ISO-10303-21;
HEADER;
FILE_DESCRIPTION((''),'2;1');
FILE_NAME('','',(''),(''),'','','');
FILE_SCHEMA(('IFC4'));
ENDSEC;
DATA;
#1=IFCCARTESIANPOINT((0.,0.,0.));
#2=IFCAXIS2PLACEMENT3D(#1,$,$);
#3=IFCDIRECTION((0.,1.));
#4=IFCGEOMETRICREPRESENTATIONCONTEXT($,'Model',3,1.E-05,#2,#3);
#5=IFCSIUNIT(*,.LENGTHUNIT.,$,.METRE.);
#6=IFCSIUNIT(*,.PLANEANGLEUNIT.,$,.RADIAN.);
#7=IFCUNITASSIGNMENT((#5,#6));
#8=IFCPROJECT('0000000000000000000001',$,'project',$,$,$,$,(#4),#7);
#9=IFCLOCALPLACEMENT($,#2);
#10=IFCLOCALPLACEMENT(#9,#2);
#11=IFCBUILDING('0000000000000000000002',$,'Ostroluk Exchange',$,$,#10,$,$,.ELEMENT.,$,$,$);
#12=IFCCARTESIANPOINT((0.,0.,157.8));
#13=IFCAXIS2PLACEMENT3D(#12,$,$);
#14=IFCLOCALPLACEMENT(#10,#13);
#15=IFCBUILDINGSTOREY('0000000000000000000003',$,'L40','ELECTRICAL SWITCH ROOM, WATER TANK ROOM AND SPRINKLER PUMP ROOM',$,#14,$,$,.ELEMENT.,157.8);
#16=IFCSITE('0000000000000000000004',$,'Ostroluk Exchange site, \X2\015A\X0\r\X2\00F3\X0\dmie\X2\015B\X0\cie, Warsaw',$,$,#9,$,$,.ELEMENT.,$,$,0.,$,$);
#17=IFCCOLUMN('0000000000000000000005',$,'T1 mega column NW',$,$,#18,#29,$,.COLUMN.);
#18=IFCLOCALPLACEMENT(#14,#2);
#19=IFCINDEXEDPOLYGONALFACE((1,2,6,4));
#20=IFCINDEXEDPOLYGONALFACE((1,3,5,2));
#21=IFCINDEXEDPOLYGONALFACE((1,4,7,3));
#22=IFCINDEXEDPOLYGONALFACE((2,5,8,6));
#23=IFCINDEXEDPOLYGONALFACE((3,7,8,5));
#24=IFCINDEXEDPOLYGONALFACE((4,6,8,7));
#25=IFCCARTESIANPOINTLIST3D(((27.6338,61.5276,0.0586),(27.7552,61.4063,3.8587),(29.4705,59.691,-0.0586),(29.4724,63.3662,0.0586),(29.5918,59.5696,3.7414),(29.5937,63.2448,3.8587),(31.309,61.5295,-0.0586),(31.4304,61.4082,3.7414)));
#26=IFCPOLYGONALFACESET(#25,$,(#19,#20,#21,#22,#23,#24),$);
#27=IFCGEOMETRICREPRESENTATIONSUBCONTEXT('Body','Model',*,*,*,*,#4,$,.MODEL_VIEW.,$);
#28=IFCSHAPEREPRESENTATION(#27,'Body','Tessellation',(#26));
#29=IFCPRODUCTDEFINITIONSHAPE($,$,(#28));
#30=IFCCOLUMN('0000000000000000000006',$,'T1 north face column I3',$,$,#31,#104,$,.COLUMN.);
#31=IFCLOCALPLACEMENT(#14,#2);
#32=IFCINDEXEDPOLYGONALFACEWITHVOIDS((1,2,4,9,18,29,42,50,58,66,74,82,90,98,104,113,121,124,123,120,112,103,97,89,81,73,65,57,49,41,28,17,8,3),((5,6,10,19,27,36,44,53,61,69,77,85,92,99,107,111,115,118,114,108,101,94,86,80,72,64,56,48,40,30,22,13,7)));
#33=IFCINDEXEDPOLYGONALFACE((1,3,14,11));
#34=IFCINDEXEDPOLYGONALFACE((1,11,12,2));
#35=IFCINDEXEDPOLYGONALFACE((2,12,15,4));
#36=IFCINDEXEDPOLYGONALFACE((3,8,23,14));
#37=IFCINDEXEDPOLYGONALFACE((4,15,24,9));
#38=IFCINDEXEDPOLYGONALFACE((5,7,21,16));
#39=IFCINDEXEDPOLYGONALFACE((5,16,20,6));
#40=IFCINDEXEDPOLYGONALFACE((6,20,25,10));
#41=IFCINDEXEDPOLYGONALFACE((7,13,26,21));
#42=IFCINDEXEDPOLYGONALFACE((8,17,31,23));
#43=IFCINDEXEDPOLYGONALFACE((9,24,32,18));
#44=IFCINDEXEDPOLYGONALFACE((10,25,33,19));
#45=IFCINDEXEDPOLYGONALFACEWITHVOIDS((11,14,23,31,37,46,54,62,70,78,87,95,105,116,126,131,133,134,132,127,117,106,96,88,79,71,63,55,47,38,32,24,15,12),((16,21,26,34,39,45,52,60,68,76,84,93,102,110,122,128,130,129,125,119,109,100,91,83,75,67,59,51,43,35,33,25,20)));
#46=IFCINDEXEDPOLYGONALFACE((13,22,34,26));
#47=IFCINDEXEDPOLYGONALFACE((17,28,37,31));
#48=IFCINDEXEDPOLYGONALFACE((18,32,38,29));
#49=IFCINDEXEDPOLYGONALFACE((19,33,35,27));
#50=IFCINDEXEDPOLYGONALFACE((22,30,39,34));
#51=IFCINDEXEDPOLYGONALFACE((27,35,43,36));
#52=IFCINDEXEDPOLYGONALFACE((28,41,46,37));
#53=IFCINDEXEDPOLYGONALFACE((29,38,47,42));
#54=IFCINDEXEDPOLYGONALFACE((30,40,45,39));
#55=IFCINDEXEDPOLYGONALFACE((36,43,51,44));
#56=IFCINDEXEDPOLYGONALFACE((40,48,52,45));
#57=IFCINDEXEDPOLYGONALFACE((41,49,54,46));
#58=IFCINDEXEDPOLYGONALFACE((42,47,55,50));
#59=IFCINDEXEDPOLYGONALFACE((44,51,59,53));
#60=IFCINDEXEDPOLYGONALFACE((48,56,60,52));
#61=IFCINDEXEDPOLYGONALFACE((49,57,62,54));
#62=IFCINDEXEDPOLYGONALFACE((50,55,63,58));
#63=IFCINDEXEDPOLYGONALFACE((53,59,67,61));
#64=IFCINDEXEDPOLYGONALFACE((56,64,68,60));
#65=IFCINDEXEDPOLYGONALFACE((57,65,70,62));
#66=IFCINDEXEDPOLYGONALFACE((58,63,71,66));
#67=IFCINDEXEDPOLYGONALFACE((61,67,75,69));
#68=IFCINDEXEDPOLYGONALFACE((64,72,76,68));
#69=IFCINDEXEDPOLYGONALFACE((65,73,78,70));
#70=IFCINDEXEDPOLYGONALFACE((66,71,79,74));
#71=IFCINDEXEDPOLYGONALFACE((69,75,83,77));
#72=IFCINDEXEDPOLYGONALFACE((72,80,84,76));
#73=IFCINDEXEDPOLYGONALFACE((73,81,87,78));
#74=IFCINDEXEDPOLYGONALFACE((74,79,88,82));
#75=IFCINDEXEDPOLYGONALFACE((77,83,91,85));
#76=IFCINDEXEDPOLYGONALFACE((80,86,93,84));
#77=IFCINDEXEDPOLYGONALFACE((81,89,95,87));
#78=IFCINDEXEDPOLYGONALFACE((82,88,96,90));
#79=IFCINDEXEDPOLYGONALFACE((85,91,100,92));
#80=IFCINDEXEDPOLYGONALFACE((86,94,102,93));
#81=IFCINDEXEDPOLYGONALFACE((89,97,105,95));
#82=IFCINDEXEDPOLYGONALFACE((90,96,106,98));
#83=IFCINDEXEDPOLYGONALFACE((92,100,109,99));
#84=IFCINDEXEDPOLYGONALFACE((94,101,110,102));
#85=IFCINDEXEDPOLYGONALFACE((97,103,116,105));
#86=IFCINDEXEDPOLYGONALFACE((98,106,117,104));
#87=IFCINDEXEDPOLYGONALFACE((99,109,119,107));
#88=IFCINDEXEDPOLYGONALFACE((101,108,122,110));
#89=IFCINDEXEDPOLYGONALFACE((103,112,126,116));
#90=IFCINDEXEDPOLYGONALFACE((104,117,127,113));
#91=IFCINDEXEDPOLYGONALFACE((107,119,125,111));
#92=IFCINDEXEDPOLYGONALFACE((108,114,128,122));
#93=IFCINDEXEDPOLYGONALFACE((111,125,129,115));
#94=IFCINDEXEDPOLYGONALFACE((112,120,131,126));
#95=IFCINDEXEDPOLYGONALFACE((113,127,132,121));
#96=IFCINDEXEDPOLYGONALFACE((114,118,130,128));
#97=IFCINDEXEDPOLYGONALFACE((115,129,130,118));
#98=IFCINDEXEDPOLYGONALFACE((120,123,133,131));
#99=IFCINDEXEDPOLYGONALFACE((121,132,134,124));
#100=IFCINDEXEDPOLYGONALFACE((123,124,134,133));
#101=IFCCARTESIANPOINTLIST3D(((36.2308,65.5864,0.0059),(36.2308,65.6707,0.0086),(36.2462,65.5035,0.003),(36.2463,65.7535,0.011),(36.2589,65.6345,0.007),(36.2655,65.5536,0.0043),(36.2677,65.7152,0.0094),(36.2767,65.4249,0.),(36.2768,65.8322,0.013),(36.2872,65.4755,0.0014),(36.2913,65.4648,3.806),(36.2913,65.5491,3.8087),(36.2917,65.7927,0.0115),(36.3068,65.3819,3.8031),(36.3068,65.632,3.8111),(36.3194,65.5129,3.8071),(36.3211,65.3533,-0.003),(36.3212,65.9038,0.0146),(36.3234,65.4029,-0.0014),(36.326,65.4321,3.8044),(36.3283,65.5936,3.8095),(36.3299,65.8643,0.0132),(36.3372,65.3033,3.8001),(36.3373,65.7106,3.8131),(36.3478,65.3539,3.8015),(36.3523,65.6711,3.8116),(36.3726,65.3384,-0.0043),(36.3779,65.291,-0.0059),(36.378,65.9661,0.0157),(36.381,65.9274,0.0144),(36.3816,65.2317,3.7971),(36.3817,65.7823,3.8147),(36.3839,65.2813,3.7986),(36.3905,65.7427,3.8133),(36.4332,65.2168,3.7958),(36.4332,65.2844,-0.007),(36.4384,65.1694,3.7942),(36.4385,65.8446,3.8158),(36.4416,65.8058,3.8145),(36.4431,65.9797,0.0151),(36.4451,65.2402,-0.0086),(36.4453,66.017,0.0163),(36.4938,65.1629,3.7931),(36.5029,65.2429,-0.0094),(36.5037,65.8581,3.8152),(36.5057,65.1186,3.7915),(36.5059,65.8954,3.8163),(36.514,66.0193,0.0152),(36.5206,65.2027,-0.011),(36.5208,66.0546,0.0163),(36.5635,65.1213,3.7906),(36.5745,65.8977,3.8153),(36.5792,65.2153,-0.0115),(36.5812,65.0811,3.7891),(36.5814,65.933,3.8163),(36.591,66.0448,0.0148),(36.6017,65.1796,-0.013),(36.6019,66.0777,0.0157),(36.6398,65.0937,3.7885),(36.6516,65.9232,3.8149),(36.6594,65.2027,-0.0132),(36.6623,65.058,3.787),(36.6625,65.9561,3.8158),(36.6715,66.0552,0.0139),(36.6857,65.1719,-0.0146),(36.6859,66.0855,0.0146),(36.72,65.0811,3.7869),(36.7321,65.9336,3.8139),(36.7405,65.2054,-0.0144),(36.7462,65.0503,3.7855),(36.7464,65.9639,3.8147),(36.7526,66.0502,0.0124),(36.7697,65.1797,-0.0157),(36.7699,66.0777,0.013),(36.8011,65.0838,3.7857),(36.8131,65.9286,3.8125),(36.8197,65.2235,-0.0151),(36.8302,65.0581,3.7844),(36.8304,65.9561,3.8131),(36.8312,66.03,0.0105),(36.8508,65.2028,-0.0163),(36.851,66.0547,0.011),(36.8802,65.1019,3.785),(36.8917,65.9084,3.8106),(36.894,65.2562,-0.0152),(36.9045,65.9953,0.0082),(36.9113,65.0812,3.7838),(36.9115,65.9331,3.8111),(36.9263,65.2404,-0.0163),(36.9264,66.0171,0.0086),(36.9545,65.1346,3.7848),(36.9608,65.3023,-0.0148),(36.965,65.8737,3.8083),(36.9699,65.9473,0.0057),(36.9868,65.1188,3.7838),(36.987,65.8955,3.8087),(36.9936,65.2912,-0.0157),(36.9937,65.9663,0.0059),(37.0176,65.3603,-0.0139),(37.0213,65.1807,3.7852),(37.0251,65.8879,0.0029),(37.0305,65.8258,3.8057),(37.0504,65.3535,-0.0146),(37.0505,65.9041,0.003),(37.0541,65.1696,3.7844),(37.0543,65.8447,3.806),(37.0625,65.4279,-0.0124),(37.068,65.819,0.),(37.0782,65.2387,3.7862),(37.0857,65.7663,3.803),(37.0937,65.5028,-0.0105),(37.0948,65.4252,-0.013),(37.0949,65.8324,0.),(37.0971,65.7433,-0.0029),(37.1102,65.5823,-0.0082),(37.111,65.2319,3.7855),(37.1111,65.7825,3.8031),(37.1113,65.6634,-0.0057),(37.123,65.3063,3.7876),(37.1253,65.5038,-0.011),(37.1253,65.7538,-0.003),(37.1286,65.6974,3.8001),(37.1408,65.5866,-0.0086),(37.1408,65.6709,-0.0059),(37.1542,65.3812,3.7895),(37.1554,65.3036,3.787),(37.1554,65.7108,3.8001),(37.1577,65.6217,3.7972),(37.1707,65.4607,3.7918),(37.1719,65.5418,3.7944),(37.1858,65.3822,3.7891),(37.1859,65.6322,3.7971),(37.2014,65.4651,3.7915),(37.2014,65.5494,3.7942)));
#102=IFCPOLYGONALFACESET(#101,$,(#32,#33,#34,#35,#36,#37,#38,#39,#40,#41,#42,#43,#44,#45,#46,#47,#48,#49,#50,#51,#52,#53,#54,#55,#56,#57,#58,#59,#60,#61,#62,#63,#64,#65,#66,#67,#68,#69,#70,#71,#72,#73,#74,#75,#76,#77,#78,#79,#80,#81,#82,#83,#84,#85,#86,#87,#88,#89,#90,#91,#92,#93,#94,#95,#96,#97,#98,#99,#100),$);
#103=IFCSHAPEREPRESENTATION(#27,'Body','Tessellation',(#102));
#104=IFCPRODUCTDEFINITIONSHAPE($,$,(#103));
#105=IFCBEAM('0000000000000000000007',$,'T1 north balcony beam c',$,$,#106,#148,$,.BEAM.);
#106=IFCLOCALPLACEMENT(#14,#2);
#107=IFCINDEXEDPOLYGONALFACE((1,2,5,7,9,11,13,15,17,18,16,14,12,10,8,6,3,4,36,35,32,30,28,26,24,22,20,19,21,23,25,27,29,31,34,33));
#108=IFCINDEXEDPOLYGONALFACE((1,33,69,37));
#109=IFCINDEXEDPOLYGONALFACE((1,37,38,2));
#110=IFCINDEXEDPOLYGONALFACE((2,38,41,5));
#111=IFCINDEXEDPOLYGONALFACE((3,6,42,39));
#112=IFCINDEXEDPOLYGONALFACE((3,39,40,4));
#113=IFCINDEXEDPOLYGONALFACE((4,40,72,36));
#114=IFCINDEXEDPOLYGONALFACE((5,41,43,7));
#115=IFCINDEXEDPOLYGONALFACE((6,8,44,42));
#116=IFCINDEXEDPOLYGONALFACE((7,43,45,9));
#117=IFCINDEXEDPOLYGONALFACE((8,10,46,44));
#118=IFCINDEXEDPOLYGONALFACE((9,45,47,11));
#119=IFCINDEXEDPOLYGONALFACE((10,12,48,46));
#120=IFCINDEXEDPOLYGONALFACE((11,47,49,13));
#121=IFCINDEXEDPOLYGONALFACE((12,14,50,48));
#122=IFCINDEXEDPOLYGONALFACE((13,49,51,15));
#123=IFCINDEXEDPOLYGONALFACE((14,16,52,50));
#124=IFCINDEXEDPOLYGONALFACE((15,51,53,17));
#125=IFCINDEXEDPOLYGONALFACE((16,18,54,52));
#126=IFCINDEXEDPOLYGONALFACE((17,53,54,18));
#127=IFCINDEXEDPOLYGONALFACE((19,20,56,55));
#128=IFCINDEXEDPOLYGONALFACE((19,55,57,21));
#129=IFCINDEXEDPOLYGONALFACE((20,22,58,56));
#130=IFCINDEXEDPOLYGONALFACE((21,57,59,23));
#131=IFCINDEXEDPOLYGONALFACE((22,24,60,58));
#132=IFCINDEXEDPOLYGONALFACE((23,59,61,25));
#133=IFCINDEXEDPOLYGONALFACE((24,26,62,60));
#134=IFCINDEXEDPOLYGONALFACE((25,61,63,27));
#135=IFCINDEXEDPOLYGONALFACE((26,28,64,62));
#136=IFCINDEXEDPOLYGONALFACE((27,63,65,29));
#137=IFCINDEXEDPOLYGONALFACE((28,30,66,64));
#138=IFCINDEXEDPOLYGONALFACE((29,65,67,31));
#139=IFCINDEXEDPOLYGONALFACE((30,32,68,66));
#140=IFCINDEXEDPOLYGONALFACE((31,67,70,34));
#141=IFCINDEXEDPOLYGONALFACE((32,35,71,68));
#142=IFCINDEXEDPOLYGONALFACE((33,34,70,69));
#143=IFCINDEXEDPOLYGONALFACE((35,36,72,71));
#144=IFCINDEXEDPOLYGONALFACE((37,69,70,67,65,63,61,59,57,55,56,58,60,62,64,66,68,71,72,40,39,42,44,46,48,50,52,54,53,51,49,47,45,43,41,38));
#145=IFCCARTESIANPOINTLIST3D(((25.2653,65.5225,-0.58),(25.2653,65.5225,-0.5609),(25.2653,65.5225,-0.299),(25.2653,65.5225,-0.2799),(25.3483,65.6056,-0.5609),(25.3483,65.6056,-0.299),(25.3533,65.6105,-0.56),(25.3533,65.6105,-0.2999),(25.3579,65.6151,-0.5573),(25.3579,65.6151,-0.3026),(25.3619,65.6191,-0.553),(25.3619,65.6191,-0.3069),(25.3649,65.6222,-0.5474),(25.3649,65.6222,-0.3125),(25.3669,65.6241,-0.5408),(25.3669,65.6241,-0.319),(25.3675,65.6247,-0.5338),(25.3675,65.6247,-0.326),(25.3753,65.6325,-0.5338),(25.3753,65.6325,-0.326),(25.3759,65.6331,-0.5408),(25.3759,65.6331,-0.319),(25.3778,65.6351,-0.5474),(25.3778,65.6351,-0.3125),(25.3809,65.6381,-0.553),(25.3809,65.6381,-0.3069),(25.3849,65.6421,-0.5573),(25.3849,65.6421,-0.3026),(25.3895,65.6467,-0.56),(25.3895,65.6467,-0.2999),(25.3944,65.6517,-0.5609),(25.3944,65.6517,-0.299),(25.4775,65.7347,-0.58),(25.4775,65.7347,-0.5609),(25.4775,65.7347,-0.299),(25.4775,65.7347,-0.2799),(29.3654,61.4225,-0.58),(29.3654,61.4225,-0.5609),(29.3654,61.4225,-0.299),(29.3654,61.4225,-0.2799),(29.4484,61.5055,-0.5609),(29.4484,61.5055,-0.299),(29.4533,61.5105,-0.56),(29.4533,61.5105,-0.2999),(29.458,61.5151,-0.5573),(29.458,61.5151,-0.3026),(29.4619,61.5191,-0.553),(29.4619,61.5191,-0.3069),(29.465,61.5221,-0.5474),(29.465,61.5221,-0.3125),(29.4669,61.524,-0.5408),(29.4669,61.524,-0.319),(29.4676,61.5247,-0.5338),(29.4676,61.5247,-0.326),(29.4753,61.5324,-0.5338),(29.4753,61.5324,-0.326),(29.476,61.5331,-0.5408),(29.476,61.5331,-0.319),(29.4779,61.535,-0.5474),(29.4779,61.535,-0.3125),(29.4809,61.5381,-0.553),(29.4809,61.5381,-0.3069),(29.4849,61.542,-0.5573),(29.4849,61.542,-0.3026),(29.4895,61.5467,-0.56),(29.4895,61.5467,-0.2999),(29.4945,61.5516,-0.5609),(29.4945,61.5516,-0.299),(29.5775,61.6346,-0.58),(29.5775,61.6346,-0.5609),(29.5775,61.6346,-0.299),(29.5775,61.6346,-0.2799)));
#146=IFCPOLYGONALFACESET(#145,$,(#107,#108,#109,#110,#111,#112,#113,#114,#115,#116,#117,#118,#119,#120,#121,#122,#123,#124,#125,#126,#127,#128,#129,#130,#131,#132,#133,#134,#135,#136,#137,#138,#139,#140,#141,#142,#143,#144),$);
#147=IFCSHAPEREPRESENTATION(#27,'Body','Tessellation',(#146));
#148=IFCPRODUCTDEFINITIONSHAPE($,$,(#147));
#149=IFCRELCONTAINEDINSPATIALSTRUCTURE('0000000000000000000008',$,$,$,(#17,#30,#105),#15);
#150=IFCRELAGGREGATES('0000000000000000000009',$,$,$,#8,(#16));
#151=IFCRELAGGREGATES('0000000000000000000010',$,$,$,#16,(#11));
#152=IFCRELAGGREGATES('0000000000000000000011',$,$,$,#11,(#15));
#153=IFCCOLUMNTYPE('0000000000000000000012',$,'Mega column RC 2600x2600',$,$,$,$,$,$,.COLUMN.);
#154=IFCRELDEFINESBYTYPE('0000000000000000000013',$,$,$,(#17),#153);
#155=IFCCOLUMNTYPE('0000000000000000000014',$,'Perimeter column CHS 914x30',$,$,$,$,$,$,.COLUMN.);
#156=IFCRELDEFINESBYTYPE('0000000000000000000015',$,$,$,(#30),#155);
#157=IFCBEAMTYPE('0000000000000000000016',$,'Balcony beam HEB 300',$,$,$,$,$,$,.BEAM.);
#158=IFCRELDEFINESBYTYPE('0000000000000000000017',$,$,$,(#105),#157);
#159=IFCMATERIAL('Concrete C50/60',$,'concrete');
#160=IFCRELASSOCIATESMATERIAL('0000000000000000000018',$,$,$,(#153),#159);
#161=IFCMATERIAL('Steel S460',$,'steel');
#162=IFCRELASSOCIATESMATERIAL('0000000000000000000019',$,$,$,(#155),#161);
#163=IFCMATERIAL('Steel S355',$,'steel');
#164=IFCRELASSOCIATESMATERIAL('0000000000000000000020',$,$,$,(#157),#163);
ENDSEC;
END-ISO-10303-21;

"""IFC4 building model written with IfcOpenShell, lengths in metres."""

from ifc_helpers import new_model, si_unit, direction, frame, origin, origin_2d, place, context, subcontext, project, spatial, rectangle, hollow_circle, i_section, extrude, material, material_profile, profile_set, type_object, element, save


model = new_model("IFC4")

# Units and contexts
model_context = context("Model", 3, precision=1e-05, world=origin(), true_north=direction((0.0, 1.0)))
body_context = subcontext(model_context, "Body", "Model", "MODEL_VIEW")
ifc_project = project(units=[si_unit("LENGTHUNIT", "METRE"), si_unit("PLANEANGLEUNIT", "RADIAN")], contexts=[model_context])

# Site, building, storey
site_placement = place(None, origin())
site = spatial("IfcSite", under=ifc_project, at=site_placement, Name="Ostroluk Exchange site, Śródmieście, Warsaw", CompositionType="ELEMENT", RefElevation=0.0)
building_placement = place(site_placement, origin())
building = spatial("IfcBuilding", under=site, at=building_placement, Name="Ostroluk Exchange", CompositionType="ELEMENT")
storey_placement = place(building_placement, frame((0.0, 0.0, 157.8)))
storey = spatial("IfcBuildingStorey", under=building, at=storey_placement, Name="L40", Description="ELECTRICAL SWITCH ROOM, WATER TANK ROOM AND SPRINKLER PUMP ROOM", CompositionType="ELEMENT", Elevation=157.8)

# Columns
ifc_material_1 = material(Name="Concrete C50/60", Category="concrete")
ifc_material_profile_1 = material_profile(ifc_material_1, rectangle(XDim=2.6001, YDim=2.6001, at=origin_2d()), Name="RC 2600x2600")
ifc_profile_set_1 = profile_set([ifc_material_profile_1], Name="Concrete C50/60")
column_type_1 = type_object("IfcColumnType", Name="Mega column RC 2600x2600", PredefinedType="COLUMN", material=ifc_profile_set_1)
column_1_placement = place(storey_placement, frame((29.4714, 61.5286, 0.0), z_axis=(0.031898, -0.031898, 0.998982), x_axis=(0.707107, 0.707107, 0.0)))
element("IfcColumn", 1, at=column_1_placement, inside=storey, type_object=column_type_1, Name="T1 mega column NW", PredefinedType="COLUMN", context=body_context, shape_type="SweptSolid", body=[
    extrude(rectangle(XDim=2.6001, YDim=2.6001, at=origin_2d()), origin(), (0.0, 0.0, 1.0), 3.804),
])
ifc_material_2 = material(Name="Steel S460", Category="steel")
ifc_material_profile_2 = material_profile(ifc_material_2, hollow_circle(Radius=0.457, WallThickness=0.03, at=origin_2d()), Name="CHS 914x30")
ifc_profile_set_2 = profile_set([ifc_material_profile_2], Name="Steel S460")
column_type_2 = type_object("IfcColumnType", Name="Perimeter column CHS 914x30", PredefinedType="COLUMN", material=ifc_profile_set_2)
column_2_placement = place(storey_placement, frame((36.6858, 65.6287, 0.0), z_axis=(0.015923, -0.031974, 0.999362), x_axis=(0.895145, 0.445775, 0.0)))
element("IfcColumn", 2, at=column_2_placement, inside=storey, type_object=column_type_2, Name="T1 north face column I3", PredefinedType="COLUMN", context=body_context, shape_type="SweptSolid", body=[
    extrude(hollow_circle(Radius=0.457, WallThickness=0.03, at=origin_2d()), origin(), (0.0, 0.0, 1.0), 3.8025),
])

# Beam
ifc_material_3 = material(Name="Steel S355", Category="steel")
ifc_material_profile_3 = material_profile(ifc_material_3, i_section(OverallWidth=0.3, OverallDepth=0.3, WebThickness=0.011, FlangeThickness=0.019, FilletRadius=0.0271, at=origin_2d()), Name="HEB 300")
ifc_profile_set_3 = profile_set([ifc_material_profile_3], Name="Steel S355")
beam_type_1 = type_object("IfcBeamType", Name="Balcony beam HEB 300", PredefinedType="BEAM", material=ifc_profile_set_3)
beam_placement = place(storey_placement, frame((29.4714, 61.5286, -0.4299), z_axis=(-0.707107, 0.707107, 0.0), x_axis=(-0.707107, -0.707107, 0.0)))
element("IfcBeam", 3, at=beam_placement, inside=storey, type_object=beam_type_1, Name="T1 north balcony beam c", PredefinedType="BEAM", context=body_context, shape_type="SweptSolid", body=[
    extrude(i_section(OverallWidth=0.3, OverallDepth=0.3, WebThickness=0.011, FlangeThickness=0.019, FilletRadius=0.0271, at=origin_2d()), origin(), (0.0, 0.0, 1.0), 5.7983),
])

save(model, "model.ifc")
